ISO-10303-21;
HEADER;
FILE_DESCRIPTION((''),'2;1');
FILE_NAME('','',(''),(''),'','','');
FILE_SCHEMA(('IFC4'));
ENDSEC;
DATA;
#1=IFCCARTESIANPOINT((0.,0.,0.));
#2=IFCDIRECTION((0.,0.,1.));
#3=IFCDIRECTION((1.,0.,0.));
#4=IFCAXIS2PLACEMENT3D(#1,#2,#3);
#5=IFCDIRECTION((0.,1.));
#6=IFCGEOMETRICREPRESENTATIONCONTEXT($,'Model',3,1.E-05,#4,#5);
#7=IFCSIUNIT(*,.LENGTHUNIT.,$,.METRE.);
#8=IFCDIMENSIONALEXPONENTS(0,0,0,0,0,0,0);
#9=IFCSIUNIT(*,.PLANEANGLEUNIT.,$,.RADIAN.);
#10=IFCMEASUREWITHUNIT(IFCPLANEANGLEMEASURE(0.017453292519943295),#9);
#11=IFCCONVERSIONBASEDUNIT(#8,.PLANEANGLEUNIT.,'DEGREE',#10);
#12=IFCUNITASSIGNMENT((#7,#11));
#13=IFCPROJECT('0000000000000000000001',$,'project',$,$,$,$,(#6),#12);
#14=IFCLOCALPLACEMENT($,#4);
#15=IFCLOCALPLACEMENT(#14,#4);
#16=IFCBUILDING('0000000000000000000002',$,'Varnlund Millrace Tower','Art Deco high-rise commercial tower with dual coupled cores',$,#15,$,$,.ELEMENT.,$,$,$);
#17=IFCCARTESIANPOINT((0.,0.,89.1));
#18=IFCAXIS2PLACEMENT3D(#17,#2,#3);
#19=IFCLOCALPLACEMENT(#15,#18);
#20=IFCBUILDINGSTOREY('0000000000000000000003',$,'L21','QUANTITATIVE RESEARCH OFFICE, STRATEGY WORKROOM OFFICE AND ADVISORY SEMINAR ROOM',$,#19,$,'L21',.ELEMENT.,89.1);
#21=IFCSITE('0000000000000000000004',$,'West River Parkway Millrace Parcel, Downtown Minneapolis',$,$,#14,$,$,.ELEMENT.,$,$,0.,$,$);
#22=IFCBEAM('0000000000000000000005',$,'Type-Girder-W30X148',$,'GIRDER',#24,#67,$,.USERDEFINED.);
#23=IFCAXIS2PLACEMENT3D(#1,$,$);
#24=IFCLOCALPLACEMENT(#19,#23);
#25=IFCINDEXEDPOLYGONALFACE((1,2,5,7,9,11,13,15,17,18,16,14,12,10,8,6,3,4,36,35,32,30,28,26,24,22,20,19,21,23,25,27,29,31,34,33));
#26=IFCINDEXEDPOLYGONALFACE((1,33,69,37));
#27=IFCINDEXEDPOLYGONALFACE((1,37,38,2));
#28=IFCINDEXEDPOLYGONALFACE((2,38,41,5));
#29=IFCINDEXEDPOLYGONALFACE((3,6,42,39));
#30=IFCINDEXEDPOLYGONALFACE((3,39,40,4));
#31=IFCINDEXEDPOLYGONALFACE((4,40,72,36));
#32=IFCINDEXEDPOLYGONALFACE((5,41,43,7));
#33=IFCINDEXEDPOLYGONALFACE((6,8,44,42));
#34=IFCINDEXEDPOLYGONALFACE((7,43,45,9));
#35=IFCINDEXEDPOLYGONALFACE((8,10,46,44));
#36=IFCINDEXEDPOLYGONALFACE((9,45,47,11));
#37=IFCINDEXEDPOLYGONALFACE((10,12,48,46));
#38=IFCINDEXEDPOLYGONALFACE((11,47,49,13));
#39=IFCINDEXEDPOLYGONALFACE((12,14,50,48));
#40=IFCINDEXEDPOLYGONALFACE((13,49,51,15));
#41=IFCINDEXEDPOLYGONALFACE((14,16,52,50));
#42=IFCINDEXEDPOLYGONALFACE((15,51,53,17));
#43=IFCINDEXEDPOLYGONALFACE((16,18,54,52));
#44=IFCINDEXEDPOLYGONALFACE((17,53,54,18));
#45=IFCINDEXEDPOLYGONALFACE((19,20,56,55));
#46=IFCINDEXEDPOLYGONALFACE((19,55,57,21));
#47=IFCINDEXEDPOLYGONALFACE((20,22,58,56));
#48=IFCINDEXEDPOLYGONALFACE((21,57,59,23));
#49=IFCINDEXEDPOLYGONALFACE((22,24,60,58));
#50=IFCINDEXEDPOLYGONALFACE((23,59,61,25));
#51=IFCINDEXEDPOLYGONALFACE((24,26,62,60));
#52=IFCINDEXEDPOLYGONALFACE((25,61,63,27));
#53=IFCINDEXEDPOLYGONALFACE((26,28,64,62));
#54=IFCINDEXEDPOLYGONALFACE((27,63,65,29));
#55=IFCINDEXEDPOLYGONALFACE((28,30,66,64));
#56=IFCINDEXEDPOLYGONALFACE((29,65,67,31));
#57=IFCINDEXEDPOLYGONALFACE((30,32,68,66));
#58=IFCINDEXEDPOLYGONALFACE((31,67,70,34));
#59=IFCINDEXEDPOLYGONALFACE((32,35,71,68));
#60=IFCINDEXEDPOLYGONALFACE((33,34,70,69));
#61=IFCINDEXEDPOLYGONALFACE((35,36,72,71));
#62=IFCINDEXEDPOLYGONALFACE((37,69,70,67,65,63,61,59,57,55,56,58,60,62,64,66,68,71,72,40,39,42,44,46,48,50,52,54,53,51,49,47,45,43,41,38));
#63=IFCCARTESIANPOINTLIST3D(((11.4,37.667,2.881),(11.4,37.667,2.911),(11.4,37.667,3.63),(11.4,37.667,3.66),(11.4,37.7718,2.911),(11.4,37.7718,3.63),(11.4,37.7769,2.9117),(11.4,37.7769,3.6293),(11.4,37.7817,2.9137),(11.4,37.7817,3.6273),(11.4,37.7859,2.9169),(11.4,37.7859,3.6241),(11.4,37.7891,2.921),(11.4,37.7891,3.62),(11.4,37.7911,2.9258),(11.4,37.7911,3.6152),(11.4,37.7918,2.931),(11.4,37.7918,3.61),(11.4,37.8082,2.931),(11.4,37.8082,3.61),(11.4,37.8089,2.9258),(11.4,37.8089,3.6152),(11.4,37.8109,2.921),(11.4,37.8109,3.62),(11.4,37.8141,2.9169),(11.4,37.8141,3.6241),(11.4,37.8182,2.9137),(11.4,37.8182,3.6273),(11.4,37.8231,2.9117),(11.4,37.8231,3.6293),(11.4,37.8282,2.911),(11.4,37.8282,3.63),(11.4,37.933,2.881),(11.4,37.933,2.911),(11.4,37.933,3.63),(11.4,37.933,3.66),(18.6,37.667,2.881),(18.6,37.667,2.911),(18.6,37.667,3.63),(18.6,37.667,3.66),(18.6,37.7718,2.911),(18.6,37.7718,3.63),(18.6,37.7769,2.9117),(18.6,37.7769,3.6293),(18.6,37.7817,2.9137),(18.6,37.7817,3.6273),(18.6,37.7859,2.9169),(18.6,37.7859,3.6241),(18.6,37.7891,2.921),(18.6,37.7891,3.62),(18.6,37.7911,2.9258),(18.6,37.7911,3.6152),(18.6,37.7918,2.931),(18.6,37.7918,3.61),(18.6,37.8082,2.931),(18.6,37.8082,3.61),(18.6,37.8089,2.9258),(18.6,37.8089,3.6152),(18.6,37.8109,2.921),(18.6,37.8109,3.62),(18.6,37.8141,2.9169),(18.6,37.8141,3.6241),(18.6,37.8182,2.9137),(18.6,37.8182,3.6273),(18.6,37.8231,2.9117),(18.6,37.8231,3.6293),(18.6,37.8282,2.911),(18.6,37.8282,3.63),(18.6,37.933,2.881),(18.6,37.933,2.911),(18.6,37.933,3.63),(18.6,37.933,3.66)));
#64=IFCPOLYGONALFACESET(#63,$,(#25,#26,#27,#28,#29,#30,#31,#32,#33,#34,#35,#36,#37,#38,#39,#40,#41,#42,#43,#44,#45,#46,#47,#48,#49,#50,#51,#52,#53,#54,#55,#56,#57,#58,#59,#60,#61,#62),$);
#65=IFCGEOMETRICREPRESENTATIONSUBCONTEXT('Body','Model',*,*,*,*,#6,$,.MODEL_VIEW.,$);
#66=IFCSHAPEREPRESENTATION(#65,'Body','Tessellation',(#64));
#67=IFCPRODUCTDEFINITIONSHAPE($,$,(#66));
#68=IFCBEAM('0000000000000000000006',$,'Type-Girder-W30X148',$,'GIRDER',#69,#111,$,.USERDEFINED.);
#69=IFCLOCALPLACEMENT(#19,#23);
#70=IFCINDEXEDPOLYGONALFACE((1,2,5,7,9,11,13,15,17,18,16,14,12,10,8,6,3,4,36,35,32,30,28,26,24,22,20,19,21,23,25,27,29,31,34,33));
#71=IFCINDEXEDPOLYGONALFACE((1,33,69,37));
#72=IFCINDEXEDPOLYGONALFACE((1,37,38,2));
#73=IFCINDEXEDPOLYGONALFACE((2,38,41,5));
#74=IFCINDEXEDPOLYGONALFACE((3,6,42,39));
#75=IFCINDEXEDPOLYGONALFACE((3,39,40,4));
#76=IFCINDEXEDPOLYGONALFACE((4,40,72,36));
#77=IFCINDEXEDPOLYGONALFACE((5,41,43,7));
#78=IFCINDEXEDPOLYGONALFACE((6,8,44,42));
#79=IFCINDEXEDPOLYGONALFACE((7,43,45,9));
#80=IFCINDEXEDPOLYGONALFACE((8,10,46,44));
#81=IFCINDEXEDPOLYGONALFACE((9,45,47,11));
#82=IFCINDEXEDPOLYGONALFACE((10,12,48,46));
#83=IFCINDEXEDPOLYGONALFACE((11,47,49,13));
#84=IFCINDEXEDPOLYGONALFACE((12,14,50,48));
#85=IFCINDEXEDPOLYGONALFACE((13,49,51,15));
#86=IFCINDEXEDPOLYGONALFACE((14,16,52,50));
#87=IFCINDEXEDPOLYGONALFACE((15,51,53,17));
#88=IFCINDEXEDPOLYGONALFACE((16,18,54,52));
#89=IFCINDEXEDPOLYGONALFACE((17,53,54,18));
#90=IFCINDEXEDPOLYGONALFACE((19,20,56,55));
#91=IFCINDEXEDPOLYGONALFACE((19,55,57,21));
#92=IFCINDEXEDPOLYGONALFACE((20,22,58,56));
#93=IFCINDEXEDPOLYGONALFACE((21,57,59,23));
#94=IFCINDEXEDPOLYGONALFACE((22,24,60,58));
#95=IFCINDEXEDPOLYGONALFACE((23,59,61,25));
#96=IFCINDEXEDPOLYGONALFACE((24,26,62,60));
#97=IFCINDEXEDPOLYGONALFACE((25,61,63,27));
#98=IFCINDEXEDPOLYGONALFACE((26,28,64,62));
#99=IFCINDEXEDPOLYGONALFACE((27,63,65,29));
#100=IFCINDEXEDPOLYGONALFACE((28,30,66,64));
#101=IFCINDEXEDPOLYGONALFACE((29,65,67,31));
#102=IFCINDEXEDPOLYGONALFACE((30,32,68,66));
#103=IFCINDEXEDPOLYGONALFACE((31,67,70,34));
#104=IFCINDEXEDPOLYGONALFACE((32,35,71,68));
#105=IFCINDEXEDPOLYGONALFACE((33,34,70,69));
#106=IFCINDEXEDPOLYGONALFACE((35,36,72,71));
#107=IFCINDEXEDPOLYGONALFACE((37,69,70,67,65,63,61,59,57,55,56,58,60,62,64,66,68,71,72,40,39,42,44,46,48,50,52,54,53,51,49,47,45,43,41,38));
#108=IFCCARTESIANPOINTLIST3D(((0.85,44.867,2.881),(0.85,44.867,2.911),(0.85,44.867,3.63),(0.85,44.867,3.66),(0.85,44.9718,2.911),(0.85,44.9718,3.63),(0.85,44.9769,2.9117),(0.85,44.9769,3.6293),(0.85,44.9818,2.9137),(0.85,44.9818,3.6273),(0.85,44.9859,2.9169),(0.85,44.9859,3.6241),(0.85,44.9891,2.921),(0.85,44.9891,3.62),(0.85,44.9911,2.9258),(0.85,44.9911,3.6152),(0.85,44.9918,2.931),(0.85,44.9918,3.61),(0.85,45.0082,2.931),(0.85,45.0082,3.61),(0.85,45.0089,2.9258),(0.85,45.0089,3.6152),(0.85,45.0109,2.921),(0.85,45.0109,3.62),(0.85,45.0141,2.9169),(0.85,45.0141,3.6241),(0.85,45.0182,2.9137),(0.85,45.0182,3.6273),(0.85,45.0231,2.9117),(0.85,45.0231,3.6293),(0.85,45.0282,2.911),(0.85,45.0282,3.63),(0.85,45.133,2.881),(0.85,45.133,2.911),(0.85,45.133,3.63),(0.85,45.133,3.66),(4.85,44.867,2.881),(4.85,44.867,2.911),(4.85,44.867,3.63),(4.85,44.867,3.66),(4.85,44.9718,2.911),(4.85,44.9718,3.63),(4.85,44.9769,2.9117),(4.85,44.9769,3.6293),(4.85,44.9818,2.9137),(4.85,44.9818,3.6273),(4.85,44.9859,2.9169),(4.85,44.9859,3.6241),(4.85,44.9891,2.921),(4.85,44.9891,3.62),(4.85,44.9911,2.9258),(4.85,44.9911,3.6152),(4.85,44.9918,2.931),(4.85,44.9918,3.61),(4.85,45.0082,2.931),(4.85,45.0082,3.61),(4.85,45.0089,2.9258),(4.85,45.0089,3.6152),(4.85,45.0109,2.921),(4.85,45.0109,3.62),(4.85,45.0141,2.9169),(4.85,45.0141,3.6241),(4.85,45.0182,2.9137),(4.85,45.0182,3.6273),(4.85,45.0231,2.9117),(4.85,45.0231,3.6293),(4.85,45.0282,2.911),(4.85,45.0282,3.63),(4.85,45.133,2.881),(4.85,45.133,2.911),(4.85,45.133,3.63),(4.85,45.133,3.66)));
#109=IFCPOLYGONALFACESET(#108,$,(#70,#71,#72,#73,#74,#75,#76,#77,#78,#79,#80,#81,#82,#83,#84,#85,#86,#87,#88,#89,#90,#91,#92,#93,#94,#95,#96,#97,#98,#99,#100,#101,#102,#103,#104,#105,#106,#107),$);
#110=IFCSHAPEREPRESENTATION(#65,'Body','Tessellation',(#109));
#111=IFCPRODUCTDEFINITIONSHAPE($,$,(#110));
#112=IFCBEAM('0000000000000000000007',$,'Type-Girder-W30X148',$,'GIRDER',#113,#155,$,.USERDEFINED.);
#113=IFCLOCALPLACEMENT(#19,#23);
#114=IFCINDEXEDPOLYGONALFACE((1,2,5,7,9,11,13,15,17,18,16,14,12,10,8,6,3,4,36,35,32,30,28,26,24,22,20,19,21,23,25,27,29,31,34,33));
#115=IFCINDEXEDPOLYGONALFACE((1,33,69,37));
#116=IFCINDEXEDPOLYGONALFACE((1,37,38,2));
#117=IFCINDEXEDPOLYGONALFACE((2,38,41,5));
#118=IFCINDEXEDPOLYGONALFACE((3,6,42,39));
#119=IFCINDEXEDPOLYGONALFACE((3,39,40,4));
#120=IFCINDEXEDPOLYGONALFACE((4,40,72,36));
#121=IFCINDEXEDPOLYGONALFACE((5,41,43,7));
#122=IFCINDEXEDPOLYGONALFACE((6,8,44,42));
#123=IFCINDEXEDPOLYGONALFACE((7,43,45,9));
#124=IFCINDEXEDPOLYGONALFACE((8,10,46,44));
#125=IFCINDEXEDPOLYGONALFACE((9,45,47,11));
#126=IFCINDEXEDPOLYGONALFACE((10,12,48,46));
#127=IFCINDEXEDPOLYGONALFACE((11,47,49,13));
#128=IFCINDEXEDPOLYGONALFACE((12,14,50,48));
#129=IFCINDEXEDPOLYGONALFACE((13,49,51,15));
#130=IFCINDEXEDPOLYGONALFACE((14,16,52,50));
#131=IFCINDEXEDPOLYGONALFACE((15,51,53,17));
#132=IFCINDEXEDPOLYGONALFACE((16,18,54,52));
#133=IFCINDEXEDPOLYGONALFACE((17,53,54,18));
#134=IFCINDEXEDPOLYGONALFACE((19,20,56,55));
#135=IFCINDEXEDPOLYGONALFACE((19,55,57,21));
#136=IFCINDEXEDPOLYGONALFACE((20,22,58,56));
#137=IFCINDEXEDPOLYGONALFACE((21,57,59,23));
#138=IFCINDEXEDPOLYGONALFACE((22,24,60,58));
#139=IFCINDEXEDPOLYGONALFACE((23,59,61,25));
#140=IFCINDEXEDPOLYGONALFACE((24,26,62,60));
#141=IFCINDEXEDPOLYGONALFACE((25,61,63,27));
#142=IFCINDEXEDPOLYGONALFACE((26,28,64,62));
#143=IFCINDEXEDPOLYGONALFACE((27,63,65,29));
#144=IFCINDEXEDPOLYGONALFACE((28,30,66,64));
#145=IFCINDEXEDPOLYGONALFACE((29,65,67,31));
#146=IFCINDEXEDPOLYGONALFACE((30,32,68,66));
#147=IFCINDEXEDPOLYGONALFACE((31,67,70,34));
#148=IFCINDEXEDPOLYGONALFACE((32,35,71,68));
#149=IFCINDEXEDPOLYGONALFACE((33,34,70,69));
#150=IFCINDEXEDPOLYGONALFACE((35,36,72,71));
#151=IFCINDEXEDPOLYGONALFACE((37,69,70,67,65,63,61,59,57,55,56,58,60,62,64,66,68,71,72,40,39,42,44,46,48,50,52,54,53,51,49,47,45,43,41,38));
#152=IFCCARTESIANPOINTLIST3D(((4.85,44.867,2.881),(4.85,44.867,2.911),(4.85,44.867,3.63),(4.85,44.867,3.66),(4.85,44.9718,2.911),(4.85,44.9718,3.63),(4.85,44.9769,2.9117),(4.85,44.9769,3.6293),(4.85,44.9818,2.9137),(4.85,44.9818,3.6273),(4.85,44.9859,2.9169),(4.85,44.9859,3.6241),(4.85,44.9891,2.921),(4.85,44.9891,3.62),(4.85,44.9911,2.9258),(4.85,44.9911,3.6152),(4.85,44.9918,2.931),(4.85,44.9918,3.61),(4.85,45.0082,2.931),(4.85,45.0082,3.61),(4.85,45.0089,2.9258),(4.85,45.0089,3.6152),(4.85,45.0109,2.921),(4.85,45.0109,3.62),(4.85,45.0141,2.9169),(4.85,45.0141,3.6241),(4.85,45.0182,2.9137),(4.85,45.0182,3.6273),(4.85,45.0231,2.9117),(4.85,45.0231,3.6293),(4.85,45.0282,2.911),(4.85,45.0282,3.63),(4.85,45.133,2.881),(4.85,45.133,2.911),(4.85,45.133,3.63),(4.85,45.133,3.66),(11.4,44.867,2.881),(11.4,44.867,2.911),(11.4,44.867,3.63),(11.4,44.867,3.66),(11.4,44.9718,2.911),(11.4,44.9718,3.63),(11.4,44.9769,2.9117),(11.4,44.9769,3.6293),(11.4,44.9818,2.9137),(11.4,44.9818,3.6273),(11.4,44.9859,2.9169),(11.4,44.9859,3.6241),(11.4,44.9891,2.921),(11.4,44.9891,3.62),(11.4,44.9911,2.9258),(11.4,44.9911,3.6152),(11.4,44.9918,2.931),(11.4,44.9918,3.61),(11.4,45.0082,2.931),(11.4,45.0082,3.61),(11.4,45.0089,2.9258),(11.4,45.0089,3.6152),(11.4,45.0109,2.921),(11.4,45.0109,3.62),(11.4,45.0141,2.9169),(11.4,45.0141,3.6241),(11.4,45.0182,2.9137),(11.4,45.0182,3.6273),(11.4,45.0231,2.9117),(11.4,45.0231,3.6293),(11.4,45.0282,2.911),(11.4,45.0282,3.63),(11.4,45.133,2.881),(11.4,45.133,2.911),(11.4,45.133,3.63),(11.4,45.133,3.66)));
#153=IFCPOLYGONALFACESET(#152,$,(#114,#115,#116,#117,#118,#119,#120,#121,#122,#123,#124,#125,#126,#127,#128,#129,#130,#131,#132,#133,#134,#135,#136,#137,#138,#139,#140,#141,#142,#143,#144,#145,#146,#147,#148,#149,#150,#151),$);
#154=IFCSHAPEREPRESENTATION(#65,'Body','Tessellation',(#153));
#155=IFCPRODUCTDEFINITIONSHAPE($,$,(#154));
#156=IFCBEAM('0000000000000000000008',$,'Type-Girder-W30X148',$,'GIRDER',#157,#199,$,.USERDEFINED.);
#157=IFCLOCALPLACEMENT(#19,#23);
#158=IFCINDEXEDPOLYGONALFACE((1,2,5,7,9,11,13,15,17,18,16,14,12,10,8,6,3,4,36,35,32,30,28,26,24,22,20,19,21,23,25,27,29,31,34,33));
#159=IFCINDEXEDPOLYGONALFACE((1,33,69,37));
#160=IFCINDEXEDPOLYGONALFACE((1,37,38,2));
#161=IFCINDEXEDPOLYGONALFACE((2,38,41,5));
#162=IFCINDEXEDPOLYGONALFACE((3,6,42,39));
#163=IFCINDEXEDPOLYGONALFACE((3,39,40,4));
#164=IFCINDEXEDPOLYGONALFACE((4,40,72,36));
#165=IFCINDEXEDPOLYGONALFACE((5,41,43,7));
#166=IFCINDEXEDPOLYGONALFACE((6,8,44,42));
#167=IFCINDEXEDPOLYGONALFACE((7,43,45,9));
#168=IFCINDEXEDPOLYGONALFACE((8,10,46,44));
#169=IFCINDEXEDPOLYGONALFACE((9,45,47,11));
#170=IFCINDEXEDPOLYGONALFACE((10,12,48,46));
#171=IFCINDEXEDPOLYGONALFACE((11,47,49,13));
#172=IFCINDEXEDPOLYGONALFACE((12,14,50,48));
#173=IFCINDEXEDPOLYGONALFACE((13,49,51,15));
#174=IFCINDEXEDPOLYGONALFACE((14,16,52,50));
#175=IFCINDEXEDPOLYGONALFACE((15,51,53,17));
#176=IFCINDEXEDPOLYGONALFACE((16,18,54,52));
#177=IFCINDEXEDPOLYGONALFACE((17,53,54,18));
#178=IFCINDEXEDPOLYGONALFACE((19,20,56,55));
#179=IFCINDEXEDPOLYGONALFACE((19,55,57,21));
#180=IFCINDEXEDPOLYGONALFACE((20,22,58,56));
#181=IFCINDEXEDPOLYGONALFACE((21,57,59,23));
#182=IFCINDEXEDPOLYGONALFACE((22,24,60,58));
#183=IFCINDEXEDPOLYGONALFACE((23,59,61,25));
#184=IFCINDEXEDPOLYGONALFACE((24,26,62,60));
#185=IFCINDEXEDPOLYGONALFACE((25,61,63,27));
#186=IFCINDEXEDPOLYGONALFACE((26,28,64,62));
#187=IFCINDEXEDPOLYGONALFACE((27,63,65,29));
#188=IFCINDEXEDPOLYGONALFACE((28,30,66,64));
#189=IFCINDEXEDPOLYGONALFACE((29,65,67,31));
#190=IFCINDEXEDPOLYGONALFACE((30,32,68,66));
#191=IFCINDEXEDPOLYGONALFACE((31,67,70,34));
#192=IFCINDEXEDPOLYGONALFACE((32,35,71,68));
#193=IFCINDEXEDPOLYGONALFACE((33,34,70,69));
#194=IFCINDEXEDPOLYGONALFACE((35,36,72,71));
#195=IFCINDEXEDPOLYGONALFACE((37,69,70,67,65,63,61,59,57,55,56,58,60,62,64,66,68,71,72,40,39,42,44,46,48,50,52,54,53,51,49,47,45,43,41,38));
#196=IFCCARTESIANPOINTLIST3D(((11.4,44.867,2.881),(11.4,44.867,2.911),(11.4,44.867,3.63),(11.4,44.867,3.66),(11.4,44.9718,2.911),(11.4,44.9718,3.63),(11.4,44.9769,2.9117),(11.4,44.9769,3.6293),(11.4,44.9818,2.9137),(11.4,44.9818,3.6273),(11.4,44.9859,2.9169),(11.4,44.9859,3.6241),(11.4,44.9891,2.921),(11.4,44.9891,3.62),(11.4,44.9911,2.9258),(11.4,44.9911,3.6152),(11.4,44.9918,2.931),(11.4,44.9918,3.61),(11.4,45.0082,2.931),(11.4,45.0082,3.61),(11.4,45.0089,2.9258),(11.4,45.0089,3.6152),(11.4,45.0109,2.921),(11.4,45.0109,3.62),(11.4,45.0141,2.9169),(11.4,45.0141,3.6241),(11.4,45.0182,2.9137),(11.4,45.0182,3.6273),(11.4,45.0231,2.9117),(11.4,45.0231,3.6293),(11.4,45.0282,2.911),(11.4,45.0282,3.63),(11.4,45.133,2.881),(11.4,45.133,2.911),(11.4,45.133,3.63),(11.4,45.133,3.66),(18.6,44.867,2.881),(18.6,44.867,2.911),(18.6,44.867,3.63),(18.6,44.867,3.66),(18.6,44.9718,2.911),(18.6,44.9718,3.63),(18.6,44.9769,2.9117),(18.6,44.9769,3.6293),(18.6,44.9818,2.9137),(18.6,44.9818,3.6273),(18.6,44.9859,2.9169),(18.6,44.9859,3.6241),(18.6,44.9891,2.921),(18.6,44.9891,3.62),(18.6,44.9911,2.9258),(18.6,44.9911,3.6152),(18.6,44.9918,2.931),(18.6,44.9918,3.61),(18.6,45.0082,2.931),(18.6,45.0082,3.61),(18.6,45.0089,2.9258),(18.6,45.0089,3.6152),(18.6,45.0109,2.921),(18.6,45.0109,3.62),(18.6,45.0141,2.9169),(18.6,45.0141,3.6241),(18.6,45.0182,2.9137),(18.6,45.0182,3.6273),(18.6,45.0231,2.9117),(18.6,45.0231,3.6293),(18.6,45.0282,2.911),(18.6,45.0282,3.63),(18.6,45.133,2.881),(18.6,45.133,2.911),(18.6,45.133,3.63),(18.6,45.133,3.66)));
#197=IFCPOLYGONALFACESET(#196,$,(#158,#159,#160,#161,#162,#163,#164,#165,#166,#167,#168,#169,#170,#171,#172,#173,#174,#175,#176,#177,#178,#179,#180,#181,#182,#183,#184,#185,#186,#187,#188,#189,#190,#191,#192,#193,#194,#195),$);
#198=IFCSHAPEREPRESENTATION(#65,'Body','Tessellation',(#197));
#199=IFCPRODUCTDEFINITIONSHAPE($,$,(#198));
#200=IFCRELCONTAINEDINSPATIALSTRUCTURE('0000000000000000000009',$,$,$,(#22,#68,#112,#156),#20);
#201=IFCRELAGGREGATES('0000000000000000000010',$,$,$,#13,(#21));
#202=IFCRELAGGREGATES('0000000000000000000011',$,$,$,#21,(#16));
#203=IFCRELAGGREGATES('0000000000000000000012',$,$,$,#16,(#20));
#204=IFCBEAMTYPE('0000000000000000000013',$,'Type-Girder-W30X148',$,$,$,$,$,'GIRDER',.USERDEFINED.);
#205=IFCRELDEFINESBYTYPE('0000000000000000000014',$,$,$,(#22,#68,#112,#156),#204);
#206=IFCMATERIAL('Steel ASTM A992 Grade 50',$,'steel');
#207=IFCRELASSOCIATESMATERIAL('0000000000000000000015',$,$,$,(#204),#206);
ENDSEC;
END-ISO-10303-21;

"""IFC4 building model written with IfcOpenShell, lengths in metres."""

from ifc_helpers import new_model, entity, si_unit, converted_unit, direction, frame, origin_with_axes, origin_2d_with_axis, place, context, subcontext, project, spatial, i_section, extrude, material, material_profile, profile_set, type_object, element, save


model = new_model("IFC4")

# Units and contexts
model_context = context("Model", 3, precision=1e-05, world=origin_with_axes(), true_north=direction((0.0, 1.0)))
body_context = subcontext(model_context, "Body", "Model", "MODEL_VIEW")
ifc_project = project(units=[si_unit("LENGTHUNIT", "METRE"), converted_unit("PLANEANGLEUNIT", "DEGREE", entity("IfcPlaneAngleMeasure", 0.017453292519943295), si_unit("PLANEANGLEUNIT", "RADIAN"), dimensions=[0, 0, 0, 0, 0, 0, 0])], contexts=[model_context])

# Site, building, storey
site_placement = place(None, origin_with_axes())
site = spatial("IfcSite", under=ifc_project, at=site_placement, Name="West River Parkway Millrace Parcel, Downtown Minneapolis", CompositionType="ELEMENT", RefElevation=0.0)
building_placement = place(site_placement, origin_with_axes())
building = spatial("IfcBuilding", under=site, at=building_placement, Name="Varnlund Millrace Tower", Description="Art Deco high-rise commercial tower with dual coupled cores", CompositionType="ELEMENT")
storey_placement = place(building_placement, frame((0.0, 0.0, 89.1), z_axis=(0.0, 0.0, 1.0), x_axis=(1.0, 0.0, 0.0)))
storey = spatial("IfcBuildingStorey", under=building, at=storey_placement, Name="L21", Description="QUANTITATIVE RESEARCH OFFICE, STRATEGY WORKROOM OFFICE AND ADVISORY SEMINAR ROOM", LongName="L21", CompositionType="ELEMENT", Elevation=89.1)

# Beams
ifc_material_1 = material(Name="Steel ASTM A992 Grade 50", Category="steel")
ifc_material_profile_1 = material_profile(ifc_material_1, i_section(OverallWidth=0.266, OverallDepth=0.779, WebThickness=0.0165, FlangeThickness=0.03, FilletRadius=0.02, at=origin_2d_with_axis()), Name="Steel ASTM A992 Grade 50")
ifc_profile_set_1 = profile_set([ifc_material_profile_1], Name="Steel ASTM A992 Grade 50")
beam_type_1 = type_object("IfcBeamType", Name="Type-Girder-W30X148", ElementType="GIRDER", PredefinedType="USERDEFINED", material=ifc_profile_set_1)
beam_1_placement = place(storey_placement, frame((11.4, 37.8, 3.2705), z_axis=(1.0, 0.0, 0.0), x_axis=(0.0, 1.0, 0.0)))
element("IfcBeam", 1, at=beam_1_placement, inside=storey, type_object=beam_type_1, Name="Type-Girder-W30X148", ObjectType="GIRDER", PredefinedType="USERDEFINED", context=body_context, shape_type="SweptSolid", body=[
    extrude(i_section(OverallWidth=0.266, OverallDepth=0.779, WebThickness=0.0165, FlangeThickness=0.03, FilletRadius=0.02, at=origin_2d_with_axis()), origin_with_axes(), (0.0, 0.0, 1.0), 7.2),
])
beam_2_placement = place(storey_placement, frame((0.85, 45.0, 3.2705), z_axis=(1.0, 0.0, 0.0), x_axis=(0.0, 1.0, 0.0)))
element("IfcBeam", 2, at=beam_2_placement, inside=storey, type_object=beam_type_1, Name="Type-Girder-W30X148", ObjectType="GIRDER", PredefinedType="USERDEFINED", context=body_context, shape_type="SweptSolid", body=[
    extrude(i_section(OverallWidth=0.266, OverallDepth=0.779, WebThickness=0.0165, FlangeThickness=0.03, FilletRadius=0.02, at=origin_2d_with_axis()), origin_with_axes(), (0.0, 0.0, 1.0), 4.0),
])
beam_3_placement = place(storey_placement, frame((4.85, 45.0, 3.2705), z_axis=(1.0, 0.0, 0.0), x_axis=(0.0, 1.0, 0.0)))
element("IfcBeam", 3, at=beam_3_placement, inside=storey, type_object=beam_type_1, Name="Type-Girder-W30X148", ObjectType="GIRDER", PredefinedType="USERDEFINED", context=body_context, shape_type="SweptSolid", body=[
    extrude(i_section(OverallWidth=0.266, OverallDepth=0.779, WebThickness=0.0165, FlangeThickness=0.03, FilletRadius=0.02, at=origin_2d_with_axis()), origin_with_axes(), (0.0, 0.0, 1.0), 6.55),
])
beam_4_placement = place(storey_placement, frame((11.4, 45.0, 3.2705), z_axis=(1.0, 0.0, 0.0), x_axis=(0.0, 1.0, 0.0)))
element("IfcBeam", 4, at=beam_4_placement, inside=storey, type_object=beam_type_1, Name="Type-Girder-W30X148", ObjectType="GIRDER", PredefinedType="USERDEFINED", context=body_context, shape_type="SweptSolid", body=[
    extrude(i_section(OverallWidth=0.266, OverallDepth=0.779, WebThickness=0.0165, FlangeThickness=0.03, FilletRadius=0.02, at=origin_2d_with_axis()), origin_with_axes(), (0.0, 0.0, 1.0), 7.2),
])

save(model, "model.ifc")
